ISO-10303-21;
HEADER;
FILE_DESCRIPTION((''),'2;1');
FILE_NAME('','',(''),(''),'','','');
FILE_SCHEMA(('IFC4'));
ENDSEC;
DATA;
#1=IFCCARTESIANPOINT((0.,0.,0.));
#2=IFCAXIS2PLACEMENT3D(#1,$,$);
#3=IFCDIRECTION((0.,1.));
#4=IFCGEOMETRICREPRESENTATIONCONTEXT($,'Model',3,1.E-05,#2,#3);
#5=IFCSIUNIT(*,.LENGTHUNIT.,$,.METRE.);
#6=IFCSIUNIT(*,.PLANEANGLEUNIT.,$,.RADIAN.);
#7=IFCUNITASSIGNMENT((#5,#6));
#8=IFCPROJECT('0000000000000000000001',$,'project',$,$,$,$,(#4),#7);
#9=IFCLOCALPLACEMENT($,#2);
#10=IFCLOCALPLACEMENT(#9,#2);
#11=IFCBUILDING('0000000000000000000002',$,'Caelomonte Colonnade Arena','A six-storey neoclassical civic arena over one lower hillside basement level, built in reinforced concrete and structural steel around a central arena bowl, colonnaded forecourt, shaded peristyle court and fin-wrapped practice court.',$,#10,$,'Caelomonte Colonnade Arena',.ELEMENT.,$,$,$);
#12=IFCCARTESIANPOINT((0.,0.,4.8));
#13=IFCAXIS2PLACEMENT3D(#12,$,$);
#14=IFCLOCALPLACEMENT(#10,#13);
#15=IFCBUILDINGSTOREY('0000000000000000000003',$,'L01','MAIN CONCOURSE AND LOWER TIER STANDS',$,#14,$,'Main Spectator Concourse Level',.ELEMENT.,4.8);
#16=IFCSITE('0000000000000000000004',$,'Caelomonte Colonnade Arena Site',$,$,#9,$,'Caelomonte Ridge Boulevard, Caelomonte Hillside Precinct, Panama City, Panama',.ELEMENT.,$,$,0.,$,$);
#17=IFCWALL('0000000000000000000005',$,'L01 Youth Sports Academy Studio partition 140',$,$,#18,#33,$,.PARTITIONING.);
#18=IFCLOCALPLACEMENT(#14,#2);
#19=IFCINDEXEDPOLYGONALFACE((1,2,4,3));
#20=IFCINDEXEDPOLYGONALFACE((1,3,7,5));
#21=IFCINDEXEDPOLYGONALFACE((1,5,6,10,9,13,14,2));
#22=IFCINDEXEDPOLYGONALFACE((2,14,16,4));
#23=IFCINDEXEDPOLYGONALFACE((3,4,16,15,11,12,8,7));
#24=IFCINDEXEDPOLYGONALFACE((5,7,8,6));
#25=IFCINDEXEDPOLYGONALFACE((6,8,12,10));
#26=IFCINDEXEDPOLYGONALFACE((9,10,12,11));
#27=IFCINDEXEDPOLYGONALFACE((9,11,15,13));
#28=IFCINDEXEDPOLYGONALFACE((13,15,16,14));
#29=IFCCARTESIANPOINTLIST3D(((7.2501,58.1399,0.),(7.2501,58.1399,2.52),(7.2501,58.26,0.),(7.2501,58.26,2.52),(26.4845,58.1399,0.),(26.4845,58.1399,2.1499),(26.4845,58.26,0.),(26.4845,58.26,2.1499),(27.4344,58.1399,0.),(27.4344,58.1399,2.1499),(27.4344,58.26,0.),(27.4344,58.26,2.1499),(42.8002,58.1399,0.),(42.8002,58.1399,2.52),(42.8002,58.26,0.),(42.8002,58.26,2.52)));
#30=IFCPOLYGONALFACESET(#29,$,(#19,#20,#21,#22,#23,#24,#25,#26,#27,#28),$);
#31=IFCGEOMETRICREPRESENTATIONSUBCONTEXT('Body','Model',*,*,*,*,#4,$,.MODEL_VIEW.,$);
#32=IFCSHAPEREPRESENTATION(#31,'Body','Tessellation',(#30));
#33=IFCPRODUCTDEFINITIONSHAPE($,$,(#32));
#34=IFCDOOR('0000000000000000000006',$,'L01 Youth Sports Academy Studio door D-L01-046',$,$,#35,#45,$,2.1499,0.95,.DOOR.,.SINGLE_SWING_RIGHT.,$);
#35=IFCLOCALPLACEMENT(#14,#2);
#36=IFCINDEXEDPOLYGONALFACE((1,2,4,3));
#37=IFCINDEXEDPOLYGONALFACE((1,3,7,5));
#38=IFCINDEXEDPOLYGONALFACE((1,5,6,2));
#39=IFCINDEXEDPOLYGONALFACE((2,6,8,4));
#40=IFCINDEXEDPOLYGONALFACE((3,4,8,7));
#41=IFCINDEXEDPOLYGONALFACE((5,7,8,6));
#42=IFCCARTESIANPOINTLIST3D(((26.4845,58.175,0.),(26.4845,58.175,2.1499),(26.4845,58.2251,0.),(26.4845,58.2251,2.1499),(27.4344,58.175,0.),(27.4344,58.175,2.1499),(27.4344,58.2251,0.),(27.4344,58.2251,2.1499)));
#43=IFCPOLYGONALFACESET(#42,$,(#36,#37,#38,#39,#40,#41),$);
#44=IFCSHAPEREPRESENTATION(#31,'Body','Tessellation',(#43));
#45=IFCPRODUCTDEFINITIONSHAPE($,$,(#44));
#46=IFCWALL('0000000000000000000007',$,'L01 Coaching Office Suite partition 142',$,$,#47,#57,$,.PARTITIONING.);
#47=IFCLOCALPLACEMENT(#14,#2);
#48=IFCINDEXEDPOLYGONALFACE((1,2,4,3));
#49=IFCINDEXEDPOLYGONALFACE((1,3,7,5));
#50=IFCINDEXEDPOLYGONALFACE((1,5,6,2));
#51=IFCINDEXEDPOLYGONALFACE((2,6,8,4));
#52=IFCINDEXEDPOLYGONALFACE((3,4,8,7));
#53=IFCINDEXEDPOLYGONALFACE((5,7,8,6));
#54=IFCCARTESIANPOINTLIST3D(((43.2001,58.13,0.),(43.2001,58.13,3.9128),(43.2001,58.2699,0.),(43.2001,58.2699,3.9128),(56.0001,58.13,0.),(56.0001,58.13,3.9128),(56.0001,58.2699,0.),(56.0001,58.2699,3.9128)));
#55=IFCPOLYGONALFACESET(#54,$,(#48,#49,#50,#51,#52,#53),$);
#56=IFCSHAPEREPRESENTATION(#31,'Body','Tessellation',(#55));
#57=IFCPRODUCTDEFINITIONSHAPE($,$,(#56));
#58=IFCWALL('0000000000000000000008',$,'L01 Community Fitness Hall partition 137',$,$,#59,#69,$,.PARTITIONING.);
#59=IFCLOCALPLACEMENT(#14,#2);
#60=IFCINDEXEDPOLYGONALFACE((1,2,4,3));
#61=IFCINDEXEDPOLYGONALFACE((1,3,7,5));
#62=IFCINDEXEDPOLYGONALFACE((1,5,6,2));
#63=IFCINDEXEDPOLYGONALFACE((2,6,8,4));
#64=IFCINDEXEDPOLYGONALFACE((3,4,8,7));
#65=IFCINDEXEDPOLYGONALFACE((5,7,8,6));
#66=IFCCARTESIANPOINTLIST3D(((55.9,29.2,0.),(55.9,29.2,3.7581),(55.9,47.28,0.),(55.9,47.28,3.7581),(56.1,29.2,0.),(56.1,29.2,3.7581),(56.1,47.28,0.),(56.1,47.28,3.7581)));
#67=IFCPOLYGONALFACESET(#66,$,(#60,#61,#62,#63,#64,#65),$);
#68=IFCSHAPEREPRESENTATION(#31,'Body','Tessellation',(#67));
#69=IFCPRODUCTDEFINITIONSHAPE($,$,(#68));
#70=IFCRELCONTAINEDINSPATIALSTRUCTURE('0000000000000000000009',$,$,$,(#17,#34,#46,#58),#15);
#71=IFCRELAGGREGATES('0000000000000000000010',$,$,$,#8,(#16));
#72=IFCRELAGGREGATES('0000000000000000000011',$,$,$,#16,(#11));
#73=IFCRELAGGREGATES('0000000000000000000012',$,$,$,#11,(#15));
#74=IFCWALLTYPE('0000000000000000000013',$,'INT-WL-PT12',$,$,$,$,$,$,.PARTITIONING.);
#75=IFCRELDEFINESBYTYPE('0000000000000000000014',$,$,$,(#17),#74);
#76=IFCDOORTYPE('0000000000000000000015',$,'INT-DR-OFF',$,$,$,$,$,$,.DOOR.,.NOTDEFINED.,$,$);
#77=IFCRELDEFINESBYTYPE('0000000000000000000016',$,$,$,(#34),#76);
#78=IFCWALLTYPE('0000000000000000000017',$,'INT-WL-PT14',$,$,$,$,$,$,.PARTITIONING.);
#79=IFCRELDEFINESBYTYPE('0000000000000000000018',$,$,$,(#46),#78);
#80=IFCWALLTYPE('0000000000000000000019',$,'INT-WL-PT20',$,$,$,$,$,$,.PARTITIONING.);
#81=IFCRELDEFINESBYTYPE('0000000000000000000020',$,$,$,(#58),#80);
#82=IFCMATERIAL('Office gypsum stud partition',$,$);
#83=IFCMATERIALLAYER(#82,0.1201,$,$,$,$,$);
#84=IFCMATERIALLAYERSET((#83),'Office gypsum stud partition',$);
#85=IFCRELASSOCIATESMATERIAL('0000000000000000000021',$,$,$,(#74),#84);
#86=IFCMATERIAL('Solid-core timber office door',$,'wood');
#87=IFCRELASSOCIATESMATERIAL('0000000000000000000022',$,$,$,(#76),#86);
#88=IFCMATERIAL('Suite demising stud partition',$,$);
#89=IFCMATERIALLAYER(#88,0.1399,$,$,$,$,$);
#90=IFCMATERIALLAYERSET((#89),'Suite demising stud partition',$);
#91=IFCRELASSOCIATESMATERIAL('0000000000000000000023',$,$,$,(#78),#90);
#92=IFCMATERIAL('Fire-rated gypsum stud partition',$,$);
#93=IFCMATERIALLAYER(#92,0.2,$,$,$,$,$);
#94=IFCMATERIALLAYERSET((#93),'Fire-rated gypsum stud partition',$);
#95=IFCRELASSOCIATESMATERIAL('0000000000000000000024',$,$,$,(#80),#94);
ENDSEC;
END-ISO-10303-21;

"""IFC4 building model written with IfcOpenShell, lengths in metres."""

from ifc_helpers import new_model, si_unit, direction, frame, frame_2d, origin, place, context, subcontext, project, spatial, rectangle, extrude, material, layer, layer_set, type_object, element, fill, save


model = new_model("IFC4")

# Units and contexts
model_context = context("Model", 3, precision=1e-05, world=origin(), true_north=direction((0.0, 1.0)))
body_context = subcontext(model_context, "Body", "Model", "MODEL_VIEW")
ifc_project = project(units=[si_unit("LENGTHUNIT", "METRE"), si_unit("PLANEANGLEUNIT", "RADIAN")], contexts=[model_context])

# Site, building, storey
site_placement = place(None, origin())
site = spatial("IfcSite", under=ifc_project, at=site_placement, Name="Caelomonte Colonnade Arena Site", LongName="Caelomonte Ridge Boulevard, Caelomonte Hillside Precinct, Panama City, Panama", CompositionType="ELEMENT", RefElevation=0.0)
building_placement = place(site_placement, origin())
building = spatial("IfcBuilding", under=site, at=building_placement, Name="Caelomonte Colonnade Arena", Description="A six-storey neoclassical civic arena over one lower hillside basement level, built in reinforced concrete and structural steel around a central arena bowl, colonnaded forecourt, shaded peristyle court and fin-wrapped practice court.", LongName="Caelomonte Colonnade Arena", CompositionType="ELEMENT")
storey_placement = place(building_placement, frame((0.0, 0.0, 4.8)))
storey = spatial("IfcBuildingStorey", under=building, at=storey_placement, Name="L01", Description="MAIN CONCOURSE AND LOWER TIER STANDS", LongName="Main Spectator Concourse Level", CompositionType="ELEMENT", Elevation=4.8)

# Wall, opening, door
ifc_material_1 = material(Name="Office gypsum stud partition")
ifc_layer_1 = layer(ifc_material_1, 0.1201)
ifc_layer_set_1 = layer_set([ifc_layer_1], Name="Office gypsum stud partition")
wall_type_1 = type_object("IfcWallType", Name="INT-WL-PT12", PredefinedType="PARTITIONING", material=ifc_layer_set_1)
wall_1_placement = place(storey_placement, frame((42.8, 58.2, 0.0), z_axis=(0.0, 0.0, 1.0), x_axis=(-1.0, 0.0, 0.0)))
wall_1 = element("IfcWall", 1, at=wall_1_placement, inside=storey, type_object=wall_type_1, Name="L01 Youth Sports Academy Studio partition 140", PredefinedType="PARTITIONING", context=body_context, shape_type="SweptSolid", body=[
    extrude(rectangle(XDim=35.55, YDim=0.1201, at=frame_2d((17.7749, 0.0))), origin(), (0.0, 0.0, 1.0), 2.52),
])
opening_placement = place(wall_1_placement, frame((15.3655, 0.0, 0.0), z_axis=(0.0, 0.0, 1.0), x_axis=(1.0, 0.0, 0.0)))
opening = element("IfcOpeningElement", 2, at=opening_placement, cuts=wall_1, PredefinedType="OPENING", context=body_context, shape_type="SweptSolid", body=[
    extrude(rectangle(XDim=0.95, YDim=2.1499, at=frame_2d((0.4751, 1.075))), frame((0.0, 0.0701, 0.0), z_axis=(0.0, -1.0, 0.0), x_axis=(1.0, 0.0, 0.0)), (0.0, 0.0, 1.0), 0.1401),
])
ifc_material_2 = material(Name="Solid-core timber office door", Category="wood")
door_type = type_object("IfcDoorType", Name="INT-DR-OFF", OperationType="NOTDEFINED", PredefinedType="DOOR", material=ifc_material_2)
door_placement = place(opening_placement, origin())
door = element("IfcDoor", 3, at=door_placement, inside=storey, type_object=door_type, Name="L01 Youth Sports Academy Studio door D-L01-046", OperationType="SINGLE_SWING_RIGHT", OverallHeight=2.1499, OverallWidth=0.95, PredefinedType="DOOR", context=body_context, shape_type="SweptSolid", body=[
    extrude(rectangle(XDim=0.95, YDim=2.1499, at=frame_2d((0.4751, 1.075))), frame((0.0, 0.0249, 0.0), z_axis=(0.0, -1.0, 0.0), x_axis=(1.0, 0.0, 0.0)), (0.0, 0.0, 1.0), 0.05),
])
fill(opening, door)

# Walls
ifc_material_3 = material(Name="Suite demising stud partition")
ifc_layer_2 = layer(ifc_material_3, 0.1399)
ifc_layer_set_2 = layer_set([ifc_layer_2], Name="Suite demising stud partition")
wall_type_2 = type_object("IfcWallType", Name="INT-WL-PT14", PredefinedType="PARTITIONING", material=ifc_layer_set_2)
wall_2_placement = place(storey_placement, frame((56.0, 58.2, 0.0), z_axis=(0.0, 0.0, 1.0), x_axis=(-1.0, 0.0, 0.0)))
element("IfcWall", 4, at=wall_2_placement, inside=storey, type_object=wall_type_2, Name="L01 Coaching Office Suite partition 142", PredefinedType="PARTITIONING", context=body_context, shape_type="SweptSolid", body=[
    extrude(rectangle(XDim=12.8, YDim=0.1399, at=frame_2d((6.3999, 0.0))), origin(), (0.0, 0.0, 1.0), 3.9128),
])
ifc_material_4 = material(Name="Fire-rated gypsum stud partition")
ifc_layer_3 = layer(ifc_material_4, 0.2)
ifc_layer_set_3 = layer_set([ifc_layer_3], Name="Fire-rated gypsum stud partition")
wall_type_3 = type_object("IfcWallType", Name="INT-WL-PT20", PredefinedType="PARTITIONING", material=ifc_layer_set_3)
wall_3_placement = place(storey_placement, frame((56.0, 47.28, 0.0), z_axis=(0.0, 0.0, 1.0), x_axis=(0.0, -1.0, 0.0)))
element("IfcWall", 5, at=wall_3_placement, inside=storey, type_object=wall_type_3, Name="L01 Community Fitness Hall partition 137", PredefinedType="PARTITIONING", context=body_context, shape_type="SweptSolid", body=[
    extrude(rectangle(XDim=18.0801, YDim=0.2, at=frame_2d((9.04, 0.0))), origin(), (0.0, 0.0, 1.0), 3.7581),
])

save(model, "model.ifc")
